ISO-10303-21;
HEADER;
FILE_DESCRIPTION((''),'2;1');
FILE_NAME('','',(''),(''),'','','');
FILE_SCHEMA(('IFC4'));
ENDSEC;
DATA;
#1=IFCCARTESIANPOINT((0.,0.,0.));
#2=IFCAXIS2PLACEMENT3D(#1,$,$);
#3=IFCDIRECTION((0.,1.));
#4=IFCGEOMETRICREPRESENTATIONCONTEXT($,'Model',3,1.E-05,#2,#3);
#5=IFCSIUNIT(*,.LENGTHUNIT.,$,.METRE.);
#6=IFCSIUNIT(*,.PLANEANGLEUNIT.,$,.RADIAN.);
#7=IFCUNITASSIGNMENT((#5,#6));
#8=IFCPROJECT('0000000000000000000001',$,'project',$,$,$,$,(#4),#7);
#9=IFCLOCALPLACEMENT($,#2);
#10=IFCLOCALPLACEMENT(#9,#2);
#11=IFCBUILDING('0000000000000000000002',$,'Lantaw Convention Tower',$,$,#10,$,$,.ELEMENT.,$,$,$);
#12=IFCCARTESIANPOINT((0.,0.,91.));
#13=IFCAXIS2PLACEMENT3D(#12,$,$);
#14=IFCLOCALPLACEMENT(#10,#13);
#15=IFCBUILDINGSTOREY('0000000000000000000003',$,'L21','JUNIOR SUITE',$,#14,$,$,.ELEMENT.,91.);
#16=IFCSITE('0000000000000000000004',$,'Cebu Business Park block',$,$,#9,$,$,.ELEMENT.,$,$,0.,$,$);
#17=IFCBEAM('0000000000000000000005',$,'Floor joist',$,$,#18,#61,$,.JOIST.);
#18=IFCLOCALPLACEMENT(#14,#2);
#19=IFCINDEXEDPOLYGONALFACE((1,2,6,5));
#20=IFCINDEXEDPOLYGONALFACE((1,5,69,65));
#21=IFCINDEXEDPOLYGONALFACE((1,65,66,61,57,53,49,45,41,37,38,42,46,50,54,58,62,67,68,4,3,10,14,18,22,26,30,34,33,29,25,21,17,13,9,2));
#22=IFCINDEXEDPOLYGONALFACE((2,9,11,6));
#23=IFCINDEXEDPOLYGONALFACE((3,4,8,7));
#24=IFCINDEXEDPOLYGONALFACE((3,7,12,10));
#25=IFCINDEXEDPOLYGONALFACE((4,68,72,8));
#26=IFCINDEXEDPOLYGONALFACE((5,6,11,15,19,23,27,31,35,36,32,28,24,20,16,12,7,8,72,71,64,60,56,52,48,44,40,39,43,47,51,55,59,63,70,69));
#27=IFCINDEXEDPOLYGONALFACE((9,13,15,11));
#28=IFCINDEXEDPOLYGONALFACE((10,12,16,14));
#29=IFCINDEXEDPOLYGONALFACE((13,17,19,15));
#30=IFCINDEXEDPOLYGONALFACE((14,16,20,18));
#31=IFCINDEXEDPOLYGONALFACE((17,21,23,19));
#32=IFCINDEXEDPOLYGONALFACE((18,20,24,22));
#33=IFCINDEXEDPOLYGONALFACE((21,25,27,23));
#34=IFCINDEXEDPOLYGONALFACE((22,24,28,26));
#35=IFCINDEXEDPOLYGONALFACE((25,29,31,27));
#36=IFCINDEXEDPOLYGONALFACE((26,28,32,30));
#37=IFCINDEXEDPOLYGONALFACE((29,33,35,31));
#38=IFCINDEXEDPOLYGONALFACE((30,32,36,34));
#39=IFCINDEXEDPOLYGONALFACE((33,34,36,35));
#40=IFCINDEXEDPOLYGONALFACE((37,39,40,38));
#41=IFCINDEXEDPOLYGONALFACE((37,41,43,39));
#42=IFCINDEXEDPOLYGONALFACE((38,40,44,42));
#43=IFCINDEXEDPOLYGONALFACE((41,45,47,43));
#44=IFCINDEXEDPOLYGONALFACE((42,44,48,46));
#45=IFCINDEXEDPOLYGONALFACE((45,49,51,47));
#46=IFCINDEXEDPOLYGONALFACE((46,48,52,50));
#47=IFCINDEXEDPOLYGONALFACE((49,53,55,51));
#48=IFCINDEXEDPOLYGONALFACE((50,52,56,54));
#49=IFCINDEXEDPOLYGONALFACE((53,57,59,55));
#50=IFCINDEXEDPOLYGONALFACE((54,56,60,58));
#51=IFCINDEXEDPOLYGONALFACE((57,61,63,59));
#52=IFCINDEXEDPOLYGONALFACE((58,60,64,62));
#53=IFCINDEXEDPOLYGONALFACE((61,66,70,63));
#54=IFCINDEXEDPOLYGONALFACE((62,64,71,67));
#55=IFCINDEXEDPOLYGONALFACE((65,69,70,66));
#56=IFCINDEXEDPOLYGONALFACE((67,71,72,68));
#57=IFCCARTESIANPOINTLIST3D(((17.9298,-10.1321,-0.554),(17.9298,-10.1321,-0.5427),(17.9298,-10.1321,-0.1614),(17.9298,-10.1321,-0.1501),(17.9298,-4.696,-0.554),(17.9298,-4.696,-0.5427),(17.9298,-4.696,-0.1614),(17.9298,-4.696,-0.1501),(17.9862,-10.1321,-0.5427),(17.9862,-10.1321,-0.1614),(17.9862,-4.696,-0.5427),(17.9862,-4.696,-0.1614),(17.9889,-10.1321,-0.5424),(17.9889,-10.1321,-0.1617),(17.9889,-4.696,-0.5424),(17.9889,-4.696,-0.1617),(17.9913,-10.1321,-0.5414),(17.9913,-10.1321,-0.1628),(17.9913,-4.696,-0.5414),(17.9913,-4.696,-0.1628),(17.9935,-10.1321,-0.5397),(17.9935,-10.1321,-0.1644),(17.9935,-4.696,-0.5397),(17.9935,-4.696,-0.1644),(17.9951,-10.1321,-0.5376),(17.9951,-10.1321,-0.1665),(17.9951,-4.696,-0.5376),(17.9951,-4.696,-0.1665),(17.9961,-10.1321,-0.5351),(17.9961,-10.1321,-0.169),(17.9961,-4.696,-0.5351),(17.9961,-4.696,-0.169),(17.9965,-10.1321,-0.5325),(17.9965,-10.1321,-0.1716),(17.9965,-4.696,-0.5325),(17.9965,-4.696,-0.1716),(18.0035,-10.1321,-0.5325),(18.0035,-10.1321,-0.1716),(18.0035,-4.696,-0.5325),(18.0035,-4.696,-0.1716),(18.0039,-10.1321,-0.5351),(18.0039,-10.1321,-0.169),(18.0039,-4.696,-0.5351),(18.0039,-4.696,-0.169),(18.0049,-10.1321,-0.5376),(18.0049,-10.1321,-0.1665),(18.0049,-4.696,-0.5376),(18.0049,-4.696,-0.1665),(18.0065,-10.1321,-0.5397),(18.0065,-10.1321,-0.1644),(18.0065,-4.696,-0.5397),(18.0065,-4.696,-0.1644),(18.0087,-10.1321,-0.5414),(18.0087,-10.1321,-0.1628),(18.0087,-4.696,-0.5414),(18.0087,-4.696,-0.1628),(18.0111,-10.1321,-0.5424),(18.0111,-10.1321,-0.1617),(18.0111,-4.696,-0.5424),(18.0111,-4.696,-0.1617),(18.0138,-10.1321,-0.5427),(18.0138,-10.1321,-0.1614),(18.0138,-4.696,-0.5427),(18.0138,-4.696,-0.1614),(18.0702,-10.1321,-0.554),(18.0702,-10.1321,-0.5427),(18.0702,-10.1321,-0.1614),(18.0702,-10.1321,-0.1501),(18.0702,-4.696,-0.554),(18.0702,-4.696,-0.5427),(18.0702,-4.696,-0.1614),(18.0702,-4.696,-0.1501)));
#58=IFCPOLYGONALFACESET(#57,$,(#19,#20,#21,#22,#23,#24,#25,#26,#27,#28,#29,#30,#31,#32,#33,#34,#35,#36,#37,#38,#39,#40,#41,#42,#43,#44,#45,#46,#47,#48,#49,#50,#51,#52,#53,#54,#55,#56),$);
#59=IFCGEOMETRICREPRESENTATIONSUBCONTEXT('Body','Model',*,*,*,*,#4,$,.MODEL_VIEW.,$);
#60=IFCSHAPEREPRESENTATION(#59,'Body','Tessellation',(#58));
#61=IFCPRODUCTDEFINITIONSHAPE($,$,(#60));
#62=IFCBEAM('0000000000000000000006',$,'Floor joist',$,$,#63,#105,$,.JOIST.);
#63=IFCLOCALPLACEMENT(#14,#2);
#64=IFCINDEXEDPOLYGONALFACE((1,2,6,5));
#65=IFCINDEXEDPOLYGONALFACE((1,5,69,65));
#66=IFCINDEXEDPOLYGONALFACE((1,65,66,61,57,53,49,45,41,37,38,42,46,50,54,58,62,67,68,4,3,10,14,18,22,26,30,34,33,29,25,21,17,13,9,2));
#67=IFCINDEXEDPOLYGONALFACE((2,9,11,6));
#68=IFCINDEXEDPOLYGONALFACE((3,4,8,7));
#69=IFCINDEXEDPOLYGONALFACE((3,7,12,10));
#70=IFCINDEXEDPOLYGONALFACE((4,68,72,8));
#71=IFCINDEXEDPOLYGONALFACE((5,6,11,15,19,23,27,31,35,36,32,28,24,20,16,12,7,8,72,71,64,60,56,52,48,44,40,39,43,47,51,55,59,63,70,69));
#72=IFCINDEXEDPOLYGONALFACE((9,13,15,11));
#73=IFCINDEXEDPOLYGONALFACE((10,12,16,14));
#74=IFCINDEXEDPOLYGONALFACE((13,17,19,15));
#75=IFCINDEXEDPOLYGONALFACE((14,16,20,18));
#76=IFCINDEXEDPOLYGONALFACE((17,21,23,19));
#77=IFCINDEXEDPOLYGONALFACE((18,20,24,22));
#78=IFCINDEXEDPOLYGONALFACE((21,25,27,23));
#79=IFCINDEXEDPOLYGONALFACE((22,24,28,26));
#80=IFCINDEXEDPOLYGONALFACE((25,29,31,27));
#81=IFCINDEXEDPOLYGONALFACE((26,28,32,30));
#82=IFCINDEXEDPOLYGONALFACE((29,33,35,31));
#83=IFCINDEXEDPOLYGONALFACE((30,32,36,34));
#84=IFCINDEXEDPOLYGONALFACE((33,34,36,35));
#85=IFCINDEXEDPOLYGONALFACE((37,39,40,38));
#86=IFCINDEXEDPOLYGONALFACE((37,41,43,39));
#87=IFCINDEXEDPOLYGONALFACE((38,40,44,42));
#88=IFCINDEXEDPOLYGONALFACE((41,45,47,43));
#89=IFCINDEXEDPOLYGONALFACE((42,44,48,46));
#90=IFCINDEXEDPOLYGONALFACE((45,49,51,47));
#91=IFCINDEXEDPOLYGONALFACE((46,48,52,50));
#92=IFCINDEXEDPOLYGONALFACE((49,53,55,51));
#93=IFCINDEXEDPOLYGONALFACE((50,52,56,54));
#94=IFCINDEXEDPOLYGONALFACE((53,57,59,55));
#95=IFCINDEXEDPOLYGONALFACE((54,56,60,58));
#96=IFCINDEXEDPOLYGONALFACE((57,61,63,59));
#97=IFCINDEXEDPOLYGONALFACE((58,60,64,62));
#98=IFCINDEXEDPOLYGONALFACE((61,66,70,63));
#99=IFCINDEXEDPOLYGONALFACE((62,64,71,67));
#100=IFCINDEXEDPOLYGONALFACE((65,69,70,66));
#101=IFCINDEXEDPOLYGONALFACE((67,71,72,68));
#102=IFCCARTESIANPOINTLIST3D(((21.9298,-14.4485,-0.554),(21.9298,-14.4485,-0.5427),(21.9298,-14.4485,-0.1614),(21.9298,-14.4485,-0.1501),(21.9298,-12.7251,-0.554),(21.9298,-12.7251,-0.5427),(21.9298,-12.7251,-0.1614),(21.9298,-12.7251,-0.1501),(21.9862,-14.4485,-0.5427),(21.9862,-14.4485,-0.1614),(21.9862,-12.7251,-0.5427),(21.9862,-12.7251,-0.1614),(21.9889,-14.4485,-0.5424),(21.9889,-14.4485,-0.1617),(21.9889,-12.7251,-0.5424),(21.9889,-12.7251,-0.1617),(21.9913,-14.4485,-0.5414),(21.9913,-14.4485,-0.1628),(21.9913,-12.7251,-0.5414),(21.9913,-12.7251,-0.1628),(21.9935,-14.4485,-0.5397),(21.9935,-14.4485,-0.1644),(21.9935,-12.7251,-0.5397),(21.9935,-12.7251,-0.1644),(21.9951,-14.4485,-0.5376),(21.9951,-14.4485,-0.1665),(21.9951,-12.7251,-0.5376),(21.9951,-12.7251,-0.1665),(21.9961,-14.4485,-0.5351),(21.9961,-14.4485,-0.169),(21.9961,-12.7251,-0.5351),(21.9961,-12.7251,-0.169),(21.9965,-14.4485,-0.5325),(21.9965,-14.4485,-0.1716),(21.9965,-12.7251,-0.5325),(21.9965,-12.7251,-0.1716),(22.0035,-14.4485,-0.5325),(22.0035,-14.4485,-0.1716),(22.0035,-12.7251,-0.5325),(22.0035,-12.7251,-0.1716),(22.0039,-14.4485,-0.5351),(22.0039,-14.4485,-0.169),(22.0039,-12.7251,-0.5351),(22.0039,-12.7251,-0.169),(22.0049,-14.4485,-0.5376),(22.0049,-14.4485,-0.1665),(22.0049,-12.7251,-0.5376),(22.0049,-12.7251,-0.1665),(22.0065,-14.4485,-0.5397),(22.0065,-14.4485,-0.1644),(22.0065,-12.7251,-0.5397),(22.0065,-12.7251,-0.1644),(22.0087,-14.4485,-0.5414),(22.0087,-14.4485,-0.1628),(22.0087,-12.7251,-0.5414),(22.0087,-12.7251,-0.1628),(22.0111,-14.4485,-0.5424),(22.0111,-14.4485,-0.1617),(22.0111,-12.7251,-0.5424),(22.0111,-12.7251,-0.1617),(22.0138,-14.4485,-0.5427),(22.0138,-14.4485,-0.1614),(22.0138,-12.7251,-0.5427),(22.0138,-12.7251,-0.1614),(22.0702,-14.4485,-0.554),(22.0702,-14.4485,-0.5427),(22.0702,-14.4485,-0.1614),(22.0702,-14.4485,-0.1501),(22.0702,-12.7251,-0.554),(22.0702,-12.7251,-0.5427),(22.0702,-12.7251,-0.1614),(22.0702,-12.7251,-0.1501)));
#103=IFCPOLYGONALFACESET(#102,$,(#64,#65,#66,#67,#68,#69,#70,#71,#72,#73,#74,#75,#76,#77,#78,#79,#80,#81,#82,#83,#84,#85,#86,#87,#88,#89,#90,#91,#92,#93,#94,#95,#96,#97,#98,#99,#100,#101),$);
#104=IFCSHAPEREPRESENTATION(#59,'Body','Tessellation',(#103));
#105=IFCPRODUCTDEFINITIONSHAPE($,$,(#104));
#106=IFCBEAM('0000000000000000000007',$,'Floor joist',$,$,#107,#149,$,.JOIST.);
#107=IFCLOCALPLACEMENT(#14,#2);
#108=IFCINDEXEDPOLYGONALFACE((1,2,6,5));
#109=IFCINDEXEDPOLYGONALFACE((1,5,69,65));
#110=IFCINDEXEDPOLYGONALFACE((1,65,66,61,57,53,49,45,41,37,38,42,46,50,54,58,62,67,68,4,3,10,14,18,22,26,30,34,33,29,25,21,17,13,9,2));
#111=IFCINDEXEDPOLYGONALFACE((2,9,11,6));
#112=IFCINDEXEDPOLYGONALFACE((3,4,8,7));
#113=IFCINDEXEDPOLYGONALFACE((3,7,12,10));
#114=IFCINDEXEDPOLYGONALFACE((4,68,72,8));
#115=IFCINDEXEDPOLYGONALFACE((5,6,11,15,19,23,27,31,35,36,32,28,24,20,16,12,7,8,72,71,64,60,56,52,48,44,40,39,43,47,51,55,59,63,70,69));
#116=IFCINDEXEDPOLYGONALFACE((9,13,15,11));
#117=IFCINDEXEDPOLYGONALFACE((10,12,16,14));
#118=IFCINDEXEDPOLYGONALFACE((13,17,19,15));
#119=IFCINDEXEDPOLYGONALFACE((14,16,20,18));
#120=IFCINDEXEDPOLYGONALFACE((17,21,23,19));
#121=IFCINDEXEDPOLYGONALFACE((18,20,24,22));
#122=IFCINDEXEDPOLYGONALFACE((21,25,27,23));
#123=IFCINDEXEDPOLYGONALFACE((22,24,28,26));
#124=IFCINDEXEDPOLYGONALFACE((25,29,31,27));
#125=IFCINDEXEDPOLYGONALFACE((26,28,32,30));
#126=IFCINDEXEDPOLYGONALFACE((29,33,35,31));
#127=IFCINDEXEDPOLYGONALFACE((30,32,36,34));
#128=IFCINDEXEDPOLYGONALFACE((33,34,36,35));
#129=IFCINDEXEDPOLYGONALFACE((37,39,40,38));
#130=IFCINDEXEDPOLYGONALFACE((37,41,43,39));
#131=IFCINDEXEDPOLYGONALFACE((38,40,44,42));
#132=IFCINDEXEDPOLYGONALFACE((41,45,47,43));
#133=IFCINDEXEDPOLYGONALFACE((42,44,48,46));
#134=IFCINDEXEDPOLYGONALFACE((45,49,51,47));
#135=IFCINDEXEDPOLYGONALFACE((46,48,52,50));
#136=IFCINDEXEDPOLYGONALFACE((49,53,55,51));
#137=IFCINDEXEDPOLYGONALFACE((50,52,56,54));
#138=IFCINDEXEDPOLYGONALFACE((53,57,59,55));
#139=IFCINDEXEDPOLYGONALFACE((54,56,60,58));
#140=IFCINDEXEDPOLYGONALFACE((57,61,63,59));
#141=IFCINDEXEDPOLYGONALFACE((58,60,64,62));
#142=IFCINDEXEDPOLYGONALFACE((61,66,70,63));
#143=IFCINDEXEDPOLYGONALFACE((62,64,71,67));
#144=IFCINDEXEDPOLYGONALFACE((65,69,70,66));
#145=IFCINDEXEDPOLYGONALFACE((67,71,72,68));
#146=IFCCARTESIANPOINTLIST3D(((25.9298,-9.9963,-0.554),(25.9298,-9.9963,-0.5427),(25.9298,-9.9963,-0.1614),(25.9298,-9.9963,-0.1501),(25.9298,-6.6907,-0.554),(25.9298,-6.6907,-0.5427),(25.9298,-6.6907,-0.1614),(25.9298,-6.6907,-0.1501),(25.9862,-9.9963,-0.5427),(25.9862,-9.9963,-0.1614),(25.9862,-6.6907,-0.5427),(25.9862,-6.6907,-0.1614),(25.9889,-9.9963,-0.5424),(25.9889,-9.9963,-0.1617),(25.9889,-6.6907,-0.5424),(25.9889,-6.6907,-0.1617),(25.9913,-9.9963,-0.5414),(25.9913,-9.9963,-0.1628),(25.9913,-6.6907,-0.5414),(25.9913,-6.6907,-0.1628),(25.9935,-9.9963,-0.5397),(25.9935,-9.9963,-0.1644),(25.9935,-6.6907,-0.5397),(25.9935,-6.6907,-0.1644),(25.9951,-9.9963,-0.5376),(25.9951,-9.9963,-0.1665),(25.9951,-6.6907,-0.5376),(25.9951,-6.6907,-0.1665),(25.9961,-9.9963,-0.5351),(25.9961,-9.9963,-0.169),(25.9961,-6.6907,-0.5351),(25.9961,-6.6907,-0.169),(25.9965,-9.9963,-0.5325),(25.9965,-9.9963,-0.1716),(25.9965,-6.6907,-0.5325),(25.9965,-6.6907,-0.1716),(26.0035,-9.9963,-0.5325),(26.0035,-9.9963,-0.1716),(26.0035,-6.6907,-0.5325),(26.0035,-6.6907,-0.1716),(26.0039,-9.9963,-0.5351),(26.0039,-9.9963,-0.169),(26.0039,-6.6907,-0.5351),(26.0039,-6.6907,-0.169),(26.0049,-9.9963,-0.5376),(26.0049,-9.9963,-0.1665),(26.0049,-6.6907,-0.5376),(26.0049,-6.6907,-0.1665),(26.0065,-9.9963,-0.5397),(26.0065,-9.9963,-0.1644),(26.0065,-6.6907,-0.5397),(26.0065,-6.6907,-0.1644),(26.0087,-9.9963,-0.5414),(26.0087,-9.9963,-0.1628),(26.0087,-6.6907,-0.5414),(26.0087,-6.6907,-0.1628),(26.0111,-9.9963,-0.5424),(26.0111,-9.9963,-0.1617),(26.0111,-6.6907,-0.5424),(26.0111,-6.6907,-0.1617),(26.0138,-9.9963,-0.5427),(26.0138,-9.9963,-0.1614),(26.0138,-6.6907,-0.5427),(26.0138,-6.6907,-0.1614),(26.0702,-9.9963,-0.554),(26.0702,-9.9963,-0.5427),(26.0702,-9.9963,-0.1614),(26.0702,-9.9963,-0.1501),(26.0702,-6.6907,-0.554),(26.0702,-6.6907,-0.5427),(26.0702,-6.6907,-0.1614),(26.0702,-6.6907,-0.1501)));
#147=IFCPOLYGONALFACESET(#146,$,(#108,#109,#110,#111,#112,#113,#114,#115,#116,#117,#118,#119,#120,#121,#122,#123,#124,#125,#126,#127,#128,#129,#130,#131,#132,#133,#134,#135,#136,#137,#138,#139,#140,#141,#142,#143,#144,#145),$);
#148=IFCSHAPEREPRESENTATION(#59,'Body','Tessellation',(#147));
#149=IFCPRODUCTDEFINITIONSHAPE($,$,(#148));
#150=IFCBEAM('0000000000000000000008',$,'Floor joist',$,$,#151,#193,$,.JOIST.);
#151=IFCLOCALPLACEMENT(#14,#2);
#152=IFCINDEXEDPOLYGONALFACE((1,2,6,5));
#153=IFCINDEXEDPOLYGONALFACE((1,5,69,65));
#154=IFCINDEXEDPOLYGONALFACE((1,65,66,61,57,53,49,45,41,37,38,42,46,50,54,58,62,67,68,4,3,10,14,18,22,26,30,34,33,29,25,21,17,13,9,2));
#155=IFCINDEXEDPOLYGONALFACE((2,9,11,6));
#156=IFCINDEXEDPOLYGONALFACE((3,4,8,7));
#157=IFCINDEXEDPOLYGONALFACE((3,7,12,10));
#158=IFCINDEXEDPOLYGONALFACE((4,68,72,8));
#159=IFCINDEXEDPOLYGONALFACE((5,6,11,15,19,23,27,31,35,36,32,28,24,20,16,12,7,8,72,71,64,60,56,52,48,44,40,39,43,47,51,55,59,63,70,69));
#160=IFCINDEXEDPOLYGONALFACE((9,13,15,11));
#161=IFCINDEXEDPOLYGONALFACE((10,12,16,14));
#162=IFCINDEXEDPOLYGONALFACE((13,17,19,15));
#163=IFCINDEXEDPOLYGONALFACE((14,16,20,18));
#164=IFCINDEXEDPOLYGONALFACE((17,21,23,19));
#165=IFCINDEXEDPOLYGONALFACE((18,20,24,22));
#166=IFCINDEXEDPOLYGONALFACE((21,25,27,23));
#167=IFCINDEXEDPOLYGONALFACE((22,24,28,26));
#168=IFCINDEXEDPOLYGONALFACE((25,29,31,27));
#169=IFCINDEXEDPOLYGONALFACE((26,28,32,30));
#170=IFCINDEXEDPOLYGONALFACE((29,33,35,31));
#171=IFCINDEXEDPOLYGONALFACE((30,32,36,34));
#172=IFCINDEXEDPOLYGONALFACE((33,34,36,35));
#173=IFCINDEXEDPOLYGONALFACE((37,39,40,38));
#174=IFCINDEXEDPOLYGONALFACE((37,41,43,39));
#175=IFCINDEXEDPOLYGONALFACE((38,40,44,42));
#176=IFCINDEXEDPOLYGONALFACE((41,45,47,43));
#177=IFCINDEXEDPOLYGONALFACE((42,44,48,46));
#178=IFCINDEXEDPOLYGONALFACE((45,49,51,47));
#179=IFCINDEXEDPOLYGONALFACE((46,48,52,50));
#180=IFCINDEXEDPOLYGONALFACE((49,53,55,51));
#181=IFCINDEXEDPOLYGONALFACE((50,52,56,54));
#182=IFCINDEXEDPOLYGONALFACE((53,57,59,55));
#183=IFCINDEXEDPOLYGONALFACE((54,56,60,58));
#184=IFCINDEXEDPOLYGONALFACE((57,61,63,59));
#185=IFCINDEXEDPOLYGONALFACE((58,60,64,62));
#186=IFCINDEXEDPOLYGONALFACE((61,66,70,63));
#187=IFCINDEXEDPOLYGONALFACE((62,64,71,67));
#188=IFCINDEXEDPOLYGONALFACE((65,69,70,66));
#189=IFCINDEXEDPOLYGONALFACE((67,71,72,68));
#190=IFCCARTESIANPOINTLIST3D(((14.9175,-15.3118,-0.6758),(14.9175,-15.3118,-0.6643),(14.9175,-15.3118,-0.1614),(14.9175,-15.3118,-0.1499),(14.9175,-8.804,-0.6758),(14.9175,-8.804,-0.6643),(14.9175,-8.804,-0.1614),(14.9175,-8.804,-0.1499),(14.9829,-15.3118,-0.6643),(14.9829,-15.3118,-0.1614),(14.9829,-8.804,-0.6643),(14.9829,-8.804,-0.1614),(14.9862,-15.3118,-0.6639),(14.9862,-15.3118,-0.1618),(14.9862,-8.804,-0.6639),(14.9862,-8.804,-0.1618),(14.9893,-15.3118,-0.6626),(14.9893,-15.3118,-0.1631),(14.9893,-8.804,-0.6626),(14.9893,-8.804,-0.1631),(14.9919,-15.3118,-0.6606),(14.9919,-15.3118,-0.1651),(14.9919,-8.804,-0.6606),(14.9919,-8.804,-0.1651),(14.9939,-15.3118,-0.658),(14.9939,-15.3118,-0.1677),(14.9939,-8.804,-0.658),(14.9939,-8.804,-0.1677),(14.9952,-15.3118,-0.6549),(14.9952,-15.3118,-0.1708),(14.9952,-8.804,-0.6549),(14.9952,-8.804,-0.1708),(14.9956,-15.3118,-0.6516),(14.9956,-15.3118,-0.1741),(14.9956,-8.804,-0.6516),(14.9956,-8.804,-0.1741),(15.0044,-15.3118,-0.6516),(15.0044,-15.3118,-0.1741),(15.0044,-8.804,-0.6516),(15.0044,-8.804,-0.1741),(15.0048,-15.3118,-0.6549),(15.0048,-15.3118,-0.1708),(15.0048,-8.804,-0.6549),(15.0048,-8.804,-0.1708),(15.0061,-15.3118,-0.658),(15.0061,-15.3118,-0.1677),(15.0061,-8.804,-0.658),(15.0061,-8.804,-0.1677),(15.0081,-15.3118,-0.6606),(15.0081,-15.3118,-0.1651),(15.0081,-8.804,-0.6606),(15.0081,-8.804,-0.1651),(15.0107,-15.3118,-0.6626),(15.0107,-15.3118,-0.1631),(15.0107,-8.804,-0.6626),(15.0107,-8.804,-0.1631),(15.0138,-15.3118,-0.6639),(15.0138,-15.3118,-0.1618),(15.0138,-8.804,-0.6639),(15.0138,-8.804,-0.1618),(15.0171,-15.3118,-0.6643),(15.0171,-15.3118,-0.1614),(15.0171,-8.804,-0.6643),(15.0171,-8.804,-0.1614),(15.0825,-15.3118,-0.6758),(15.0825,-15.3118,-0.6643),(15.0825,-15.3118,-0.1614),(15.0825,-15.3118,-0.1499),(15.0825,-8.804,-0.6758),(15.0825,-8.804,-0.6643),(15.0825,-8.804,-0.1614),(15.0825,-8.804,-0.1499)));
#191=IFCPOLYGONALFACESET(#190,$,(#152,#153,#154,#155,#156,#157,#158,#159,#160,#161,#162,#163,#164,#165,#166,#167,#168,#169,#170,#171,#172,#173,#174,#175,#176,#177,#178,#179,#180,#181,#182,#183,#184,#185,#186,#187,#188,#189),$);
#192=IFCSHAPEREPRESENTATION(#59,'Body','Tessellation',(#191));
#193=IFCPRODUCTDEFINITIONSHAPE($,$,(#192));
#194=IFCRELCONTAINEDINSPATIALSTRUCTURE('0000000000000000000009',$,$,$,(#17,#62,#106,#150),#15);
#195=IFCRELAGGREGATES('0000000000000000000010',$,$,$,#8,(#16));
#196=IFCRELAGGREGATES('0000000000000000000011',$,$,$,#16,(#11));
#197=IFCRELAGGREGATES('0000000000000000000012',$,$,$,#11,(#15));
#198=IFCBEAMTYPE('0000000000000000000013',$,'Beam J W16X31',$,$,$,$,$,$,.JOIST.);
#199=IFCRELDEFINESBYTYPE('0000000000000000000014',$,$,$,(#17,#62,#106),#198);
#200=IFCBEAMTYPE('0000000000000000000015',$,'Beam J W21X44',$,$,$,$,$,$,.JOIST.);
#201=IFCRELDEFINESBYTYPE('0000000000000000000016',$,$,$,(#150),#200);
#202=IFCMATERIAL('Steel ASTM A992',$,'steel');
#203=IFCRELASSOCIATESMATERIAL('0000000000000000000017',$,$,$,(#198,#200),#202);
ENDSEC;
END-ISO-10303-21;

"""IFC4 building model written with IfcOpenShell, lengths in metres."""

from ifc_helpers import new_model, si_unit, direction, frame, origin, origin_2d, place, context, subcontext, project, spatial, i_section, extrude, material, material_profile, profile_set, type_object, element, save


model = new_model("IFC4")

# Units and contexts
model_context = context("Model", 3, precision=1e-05, world=origin(), true_north=direction((0.0, 1.0)))
body_context = subcontext(model_context, "Body", "Model", "MODEL_VIEW")
ifc_project = project(units=[si_unit("LENGTHUNIT", "METRE"), si_unit("PLANEANGLEUNIT", "RADIAN")], contexts=[model_context])

# Site, building, storey
site_placement = place(None, origin())
site = spatial("IfcSite", under=ifc_project, at=site_placement, Name="Cebu Business Park block", CompositionType="ELEMENT", RefElevation=0.0)
building_placement = place(site_placement, origin())
building = spatial("IfcBuilding", under=site, at=building_placement, Name="Lantaw Convention Tower", CompositionType="ELEMENT")
storey_placement = place(building_placement, frame((0.0, 0.0, 91.0)))
storey = spatial("IfcBuildingStorey", under=building, at=storey_placement, Name="L21", Description="JUNIOR SUITE", CompositionType="ELEMENT", Elevation=91.0)

# Beams
ifc_material_1 = material(Name="Steel ASTM A992", Category="steel")
ifc_material_profile_1 = material_profile(ifc_material_1, i_section(OverallWidth=0.1404, OverallDepth=0.4038, WebThickness=0.0071, FlangeThickness=0.0112, FilletRadius=0.0103, at=origin_2d()), Name="W16X31")
ifc_profile_set_1 = profile_set([ifc_material_profile_1], Name="Steel ASTM A992")
beam_type_1 = type_object("IfcBeamType", Name="Beam J W16X31", PredefinedType="JOIST", material=ifc_profile_set_1)
beam_1_placement = place(storey_placement, frame((18.0, -10.1321, -0.3521), z_axis=(0.0, 1.0, 0.0), x_axis=(-1.0, 0.0, 0.0)))
element("IfcBeam", 1, at=beam_1_placement, inside=storey, type_object=beam_type_1, Name="Floor joist", PredefinedType="JOIST", context=body_context, shape_type="SweptSolid", body=[
    extrude(i_section(OverallWidth=0.1404, OverallDepth=0.4038, WebThickness=0.0071, FlangeThickness=0.0112, FilletRadius=0.0103, at=origin_2d()), origin(), (0.0, 0.0, 1.0), 5.436),
])
beam_2_placement = place(storey_placement, frame((22.0, -14.4485, -0.3521), z_axis=(0.0, 1.0, 0.0), x_axis=(-1.0, 0.0, 0.0)))
element("IfcBeam", 2, at=beam_2_placement, inside=storey, type_object=beam_type_1, Name="Floor joist", PredefinedType="JOIST", context=body_context, shape_type="SweptSolid", body=[
    extrude(i_section(OverallWidth=0.1404, OverallDepth=0.4038, WebThickness=0.0071, FlangeThickness=0.0112, FilletRadius=0.0103, at=origin_2d()), origin(), (0.0, 0.0, 1.0), 1.7234),
])
beam_3_placement = place(storey_placement, frame((26.0, -9.9963, -0.3521), z_axis=(0.0, 1.0, 0.0), x_axis=(-1.0, 0.0, 0.0)))
element("IfcBeam", 3, at=beam_3_placement, inside=storey, type_object=beam_type_1, Name="Floor joist", PredefinedType="JOIST", context=body_context, shape_type="SweptSolid", body=[
    extrude(i_section(OverallWidth=0.1404, OverallDepth=0.4038, WebThickness=0.0071, FlangeThickness=0.0112, FilletRadius=0.0103, at=origin_2d()), origin(), (0.0, 0.0, 1.0), 3.3057),
])
ifc_material_profile_2 = material_profile(ifc_material_1, i_section(OverallWidth=0.165, OverallDepth=0.5259, WebThickness=0.0088, FlangeThickness=0.0115, FilletRadius=0.0127, at=origin_2d()), Name="W21X44")
ifc_profile_set_2 = profile_set([ifc_material_profile_2], Name="Steel ASTM A992")
beam_type_2 = type_object("IfcBeamType", Name="Beam J W21X44", PredefinedType="JOIST", material=ifc_profile_set_2)
beam_4_placement = place(storey_placement, frame((15.0, -15.3118, -0.4128), z_axis=(0.0, 1.0, 0.0), x_axis=(-1.0, 0.0, 0.0)))
element("IfcBeam", 4, at=beam_4_placement, inside=storey, type_object=beam_type_2, Name="Floor joist", PredefinedType="JOIST", context=body_context, shape_type="SweptSolid", body=[
    extrude(i_section(OverallWidth=0.165, OverallDepth=0.5259, WebThickness=0.0088, FlangeThickness=0.0115, FilletRadius=0.0127, at=origin_2d()), origin(), (0.0, 0.0, 1.0), 6.5078),
])

save(model, "model.ifc")
